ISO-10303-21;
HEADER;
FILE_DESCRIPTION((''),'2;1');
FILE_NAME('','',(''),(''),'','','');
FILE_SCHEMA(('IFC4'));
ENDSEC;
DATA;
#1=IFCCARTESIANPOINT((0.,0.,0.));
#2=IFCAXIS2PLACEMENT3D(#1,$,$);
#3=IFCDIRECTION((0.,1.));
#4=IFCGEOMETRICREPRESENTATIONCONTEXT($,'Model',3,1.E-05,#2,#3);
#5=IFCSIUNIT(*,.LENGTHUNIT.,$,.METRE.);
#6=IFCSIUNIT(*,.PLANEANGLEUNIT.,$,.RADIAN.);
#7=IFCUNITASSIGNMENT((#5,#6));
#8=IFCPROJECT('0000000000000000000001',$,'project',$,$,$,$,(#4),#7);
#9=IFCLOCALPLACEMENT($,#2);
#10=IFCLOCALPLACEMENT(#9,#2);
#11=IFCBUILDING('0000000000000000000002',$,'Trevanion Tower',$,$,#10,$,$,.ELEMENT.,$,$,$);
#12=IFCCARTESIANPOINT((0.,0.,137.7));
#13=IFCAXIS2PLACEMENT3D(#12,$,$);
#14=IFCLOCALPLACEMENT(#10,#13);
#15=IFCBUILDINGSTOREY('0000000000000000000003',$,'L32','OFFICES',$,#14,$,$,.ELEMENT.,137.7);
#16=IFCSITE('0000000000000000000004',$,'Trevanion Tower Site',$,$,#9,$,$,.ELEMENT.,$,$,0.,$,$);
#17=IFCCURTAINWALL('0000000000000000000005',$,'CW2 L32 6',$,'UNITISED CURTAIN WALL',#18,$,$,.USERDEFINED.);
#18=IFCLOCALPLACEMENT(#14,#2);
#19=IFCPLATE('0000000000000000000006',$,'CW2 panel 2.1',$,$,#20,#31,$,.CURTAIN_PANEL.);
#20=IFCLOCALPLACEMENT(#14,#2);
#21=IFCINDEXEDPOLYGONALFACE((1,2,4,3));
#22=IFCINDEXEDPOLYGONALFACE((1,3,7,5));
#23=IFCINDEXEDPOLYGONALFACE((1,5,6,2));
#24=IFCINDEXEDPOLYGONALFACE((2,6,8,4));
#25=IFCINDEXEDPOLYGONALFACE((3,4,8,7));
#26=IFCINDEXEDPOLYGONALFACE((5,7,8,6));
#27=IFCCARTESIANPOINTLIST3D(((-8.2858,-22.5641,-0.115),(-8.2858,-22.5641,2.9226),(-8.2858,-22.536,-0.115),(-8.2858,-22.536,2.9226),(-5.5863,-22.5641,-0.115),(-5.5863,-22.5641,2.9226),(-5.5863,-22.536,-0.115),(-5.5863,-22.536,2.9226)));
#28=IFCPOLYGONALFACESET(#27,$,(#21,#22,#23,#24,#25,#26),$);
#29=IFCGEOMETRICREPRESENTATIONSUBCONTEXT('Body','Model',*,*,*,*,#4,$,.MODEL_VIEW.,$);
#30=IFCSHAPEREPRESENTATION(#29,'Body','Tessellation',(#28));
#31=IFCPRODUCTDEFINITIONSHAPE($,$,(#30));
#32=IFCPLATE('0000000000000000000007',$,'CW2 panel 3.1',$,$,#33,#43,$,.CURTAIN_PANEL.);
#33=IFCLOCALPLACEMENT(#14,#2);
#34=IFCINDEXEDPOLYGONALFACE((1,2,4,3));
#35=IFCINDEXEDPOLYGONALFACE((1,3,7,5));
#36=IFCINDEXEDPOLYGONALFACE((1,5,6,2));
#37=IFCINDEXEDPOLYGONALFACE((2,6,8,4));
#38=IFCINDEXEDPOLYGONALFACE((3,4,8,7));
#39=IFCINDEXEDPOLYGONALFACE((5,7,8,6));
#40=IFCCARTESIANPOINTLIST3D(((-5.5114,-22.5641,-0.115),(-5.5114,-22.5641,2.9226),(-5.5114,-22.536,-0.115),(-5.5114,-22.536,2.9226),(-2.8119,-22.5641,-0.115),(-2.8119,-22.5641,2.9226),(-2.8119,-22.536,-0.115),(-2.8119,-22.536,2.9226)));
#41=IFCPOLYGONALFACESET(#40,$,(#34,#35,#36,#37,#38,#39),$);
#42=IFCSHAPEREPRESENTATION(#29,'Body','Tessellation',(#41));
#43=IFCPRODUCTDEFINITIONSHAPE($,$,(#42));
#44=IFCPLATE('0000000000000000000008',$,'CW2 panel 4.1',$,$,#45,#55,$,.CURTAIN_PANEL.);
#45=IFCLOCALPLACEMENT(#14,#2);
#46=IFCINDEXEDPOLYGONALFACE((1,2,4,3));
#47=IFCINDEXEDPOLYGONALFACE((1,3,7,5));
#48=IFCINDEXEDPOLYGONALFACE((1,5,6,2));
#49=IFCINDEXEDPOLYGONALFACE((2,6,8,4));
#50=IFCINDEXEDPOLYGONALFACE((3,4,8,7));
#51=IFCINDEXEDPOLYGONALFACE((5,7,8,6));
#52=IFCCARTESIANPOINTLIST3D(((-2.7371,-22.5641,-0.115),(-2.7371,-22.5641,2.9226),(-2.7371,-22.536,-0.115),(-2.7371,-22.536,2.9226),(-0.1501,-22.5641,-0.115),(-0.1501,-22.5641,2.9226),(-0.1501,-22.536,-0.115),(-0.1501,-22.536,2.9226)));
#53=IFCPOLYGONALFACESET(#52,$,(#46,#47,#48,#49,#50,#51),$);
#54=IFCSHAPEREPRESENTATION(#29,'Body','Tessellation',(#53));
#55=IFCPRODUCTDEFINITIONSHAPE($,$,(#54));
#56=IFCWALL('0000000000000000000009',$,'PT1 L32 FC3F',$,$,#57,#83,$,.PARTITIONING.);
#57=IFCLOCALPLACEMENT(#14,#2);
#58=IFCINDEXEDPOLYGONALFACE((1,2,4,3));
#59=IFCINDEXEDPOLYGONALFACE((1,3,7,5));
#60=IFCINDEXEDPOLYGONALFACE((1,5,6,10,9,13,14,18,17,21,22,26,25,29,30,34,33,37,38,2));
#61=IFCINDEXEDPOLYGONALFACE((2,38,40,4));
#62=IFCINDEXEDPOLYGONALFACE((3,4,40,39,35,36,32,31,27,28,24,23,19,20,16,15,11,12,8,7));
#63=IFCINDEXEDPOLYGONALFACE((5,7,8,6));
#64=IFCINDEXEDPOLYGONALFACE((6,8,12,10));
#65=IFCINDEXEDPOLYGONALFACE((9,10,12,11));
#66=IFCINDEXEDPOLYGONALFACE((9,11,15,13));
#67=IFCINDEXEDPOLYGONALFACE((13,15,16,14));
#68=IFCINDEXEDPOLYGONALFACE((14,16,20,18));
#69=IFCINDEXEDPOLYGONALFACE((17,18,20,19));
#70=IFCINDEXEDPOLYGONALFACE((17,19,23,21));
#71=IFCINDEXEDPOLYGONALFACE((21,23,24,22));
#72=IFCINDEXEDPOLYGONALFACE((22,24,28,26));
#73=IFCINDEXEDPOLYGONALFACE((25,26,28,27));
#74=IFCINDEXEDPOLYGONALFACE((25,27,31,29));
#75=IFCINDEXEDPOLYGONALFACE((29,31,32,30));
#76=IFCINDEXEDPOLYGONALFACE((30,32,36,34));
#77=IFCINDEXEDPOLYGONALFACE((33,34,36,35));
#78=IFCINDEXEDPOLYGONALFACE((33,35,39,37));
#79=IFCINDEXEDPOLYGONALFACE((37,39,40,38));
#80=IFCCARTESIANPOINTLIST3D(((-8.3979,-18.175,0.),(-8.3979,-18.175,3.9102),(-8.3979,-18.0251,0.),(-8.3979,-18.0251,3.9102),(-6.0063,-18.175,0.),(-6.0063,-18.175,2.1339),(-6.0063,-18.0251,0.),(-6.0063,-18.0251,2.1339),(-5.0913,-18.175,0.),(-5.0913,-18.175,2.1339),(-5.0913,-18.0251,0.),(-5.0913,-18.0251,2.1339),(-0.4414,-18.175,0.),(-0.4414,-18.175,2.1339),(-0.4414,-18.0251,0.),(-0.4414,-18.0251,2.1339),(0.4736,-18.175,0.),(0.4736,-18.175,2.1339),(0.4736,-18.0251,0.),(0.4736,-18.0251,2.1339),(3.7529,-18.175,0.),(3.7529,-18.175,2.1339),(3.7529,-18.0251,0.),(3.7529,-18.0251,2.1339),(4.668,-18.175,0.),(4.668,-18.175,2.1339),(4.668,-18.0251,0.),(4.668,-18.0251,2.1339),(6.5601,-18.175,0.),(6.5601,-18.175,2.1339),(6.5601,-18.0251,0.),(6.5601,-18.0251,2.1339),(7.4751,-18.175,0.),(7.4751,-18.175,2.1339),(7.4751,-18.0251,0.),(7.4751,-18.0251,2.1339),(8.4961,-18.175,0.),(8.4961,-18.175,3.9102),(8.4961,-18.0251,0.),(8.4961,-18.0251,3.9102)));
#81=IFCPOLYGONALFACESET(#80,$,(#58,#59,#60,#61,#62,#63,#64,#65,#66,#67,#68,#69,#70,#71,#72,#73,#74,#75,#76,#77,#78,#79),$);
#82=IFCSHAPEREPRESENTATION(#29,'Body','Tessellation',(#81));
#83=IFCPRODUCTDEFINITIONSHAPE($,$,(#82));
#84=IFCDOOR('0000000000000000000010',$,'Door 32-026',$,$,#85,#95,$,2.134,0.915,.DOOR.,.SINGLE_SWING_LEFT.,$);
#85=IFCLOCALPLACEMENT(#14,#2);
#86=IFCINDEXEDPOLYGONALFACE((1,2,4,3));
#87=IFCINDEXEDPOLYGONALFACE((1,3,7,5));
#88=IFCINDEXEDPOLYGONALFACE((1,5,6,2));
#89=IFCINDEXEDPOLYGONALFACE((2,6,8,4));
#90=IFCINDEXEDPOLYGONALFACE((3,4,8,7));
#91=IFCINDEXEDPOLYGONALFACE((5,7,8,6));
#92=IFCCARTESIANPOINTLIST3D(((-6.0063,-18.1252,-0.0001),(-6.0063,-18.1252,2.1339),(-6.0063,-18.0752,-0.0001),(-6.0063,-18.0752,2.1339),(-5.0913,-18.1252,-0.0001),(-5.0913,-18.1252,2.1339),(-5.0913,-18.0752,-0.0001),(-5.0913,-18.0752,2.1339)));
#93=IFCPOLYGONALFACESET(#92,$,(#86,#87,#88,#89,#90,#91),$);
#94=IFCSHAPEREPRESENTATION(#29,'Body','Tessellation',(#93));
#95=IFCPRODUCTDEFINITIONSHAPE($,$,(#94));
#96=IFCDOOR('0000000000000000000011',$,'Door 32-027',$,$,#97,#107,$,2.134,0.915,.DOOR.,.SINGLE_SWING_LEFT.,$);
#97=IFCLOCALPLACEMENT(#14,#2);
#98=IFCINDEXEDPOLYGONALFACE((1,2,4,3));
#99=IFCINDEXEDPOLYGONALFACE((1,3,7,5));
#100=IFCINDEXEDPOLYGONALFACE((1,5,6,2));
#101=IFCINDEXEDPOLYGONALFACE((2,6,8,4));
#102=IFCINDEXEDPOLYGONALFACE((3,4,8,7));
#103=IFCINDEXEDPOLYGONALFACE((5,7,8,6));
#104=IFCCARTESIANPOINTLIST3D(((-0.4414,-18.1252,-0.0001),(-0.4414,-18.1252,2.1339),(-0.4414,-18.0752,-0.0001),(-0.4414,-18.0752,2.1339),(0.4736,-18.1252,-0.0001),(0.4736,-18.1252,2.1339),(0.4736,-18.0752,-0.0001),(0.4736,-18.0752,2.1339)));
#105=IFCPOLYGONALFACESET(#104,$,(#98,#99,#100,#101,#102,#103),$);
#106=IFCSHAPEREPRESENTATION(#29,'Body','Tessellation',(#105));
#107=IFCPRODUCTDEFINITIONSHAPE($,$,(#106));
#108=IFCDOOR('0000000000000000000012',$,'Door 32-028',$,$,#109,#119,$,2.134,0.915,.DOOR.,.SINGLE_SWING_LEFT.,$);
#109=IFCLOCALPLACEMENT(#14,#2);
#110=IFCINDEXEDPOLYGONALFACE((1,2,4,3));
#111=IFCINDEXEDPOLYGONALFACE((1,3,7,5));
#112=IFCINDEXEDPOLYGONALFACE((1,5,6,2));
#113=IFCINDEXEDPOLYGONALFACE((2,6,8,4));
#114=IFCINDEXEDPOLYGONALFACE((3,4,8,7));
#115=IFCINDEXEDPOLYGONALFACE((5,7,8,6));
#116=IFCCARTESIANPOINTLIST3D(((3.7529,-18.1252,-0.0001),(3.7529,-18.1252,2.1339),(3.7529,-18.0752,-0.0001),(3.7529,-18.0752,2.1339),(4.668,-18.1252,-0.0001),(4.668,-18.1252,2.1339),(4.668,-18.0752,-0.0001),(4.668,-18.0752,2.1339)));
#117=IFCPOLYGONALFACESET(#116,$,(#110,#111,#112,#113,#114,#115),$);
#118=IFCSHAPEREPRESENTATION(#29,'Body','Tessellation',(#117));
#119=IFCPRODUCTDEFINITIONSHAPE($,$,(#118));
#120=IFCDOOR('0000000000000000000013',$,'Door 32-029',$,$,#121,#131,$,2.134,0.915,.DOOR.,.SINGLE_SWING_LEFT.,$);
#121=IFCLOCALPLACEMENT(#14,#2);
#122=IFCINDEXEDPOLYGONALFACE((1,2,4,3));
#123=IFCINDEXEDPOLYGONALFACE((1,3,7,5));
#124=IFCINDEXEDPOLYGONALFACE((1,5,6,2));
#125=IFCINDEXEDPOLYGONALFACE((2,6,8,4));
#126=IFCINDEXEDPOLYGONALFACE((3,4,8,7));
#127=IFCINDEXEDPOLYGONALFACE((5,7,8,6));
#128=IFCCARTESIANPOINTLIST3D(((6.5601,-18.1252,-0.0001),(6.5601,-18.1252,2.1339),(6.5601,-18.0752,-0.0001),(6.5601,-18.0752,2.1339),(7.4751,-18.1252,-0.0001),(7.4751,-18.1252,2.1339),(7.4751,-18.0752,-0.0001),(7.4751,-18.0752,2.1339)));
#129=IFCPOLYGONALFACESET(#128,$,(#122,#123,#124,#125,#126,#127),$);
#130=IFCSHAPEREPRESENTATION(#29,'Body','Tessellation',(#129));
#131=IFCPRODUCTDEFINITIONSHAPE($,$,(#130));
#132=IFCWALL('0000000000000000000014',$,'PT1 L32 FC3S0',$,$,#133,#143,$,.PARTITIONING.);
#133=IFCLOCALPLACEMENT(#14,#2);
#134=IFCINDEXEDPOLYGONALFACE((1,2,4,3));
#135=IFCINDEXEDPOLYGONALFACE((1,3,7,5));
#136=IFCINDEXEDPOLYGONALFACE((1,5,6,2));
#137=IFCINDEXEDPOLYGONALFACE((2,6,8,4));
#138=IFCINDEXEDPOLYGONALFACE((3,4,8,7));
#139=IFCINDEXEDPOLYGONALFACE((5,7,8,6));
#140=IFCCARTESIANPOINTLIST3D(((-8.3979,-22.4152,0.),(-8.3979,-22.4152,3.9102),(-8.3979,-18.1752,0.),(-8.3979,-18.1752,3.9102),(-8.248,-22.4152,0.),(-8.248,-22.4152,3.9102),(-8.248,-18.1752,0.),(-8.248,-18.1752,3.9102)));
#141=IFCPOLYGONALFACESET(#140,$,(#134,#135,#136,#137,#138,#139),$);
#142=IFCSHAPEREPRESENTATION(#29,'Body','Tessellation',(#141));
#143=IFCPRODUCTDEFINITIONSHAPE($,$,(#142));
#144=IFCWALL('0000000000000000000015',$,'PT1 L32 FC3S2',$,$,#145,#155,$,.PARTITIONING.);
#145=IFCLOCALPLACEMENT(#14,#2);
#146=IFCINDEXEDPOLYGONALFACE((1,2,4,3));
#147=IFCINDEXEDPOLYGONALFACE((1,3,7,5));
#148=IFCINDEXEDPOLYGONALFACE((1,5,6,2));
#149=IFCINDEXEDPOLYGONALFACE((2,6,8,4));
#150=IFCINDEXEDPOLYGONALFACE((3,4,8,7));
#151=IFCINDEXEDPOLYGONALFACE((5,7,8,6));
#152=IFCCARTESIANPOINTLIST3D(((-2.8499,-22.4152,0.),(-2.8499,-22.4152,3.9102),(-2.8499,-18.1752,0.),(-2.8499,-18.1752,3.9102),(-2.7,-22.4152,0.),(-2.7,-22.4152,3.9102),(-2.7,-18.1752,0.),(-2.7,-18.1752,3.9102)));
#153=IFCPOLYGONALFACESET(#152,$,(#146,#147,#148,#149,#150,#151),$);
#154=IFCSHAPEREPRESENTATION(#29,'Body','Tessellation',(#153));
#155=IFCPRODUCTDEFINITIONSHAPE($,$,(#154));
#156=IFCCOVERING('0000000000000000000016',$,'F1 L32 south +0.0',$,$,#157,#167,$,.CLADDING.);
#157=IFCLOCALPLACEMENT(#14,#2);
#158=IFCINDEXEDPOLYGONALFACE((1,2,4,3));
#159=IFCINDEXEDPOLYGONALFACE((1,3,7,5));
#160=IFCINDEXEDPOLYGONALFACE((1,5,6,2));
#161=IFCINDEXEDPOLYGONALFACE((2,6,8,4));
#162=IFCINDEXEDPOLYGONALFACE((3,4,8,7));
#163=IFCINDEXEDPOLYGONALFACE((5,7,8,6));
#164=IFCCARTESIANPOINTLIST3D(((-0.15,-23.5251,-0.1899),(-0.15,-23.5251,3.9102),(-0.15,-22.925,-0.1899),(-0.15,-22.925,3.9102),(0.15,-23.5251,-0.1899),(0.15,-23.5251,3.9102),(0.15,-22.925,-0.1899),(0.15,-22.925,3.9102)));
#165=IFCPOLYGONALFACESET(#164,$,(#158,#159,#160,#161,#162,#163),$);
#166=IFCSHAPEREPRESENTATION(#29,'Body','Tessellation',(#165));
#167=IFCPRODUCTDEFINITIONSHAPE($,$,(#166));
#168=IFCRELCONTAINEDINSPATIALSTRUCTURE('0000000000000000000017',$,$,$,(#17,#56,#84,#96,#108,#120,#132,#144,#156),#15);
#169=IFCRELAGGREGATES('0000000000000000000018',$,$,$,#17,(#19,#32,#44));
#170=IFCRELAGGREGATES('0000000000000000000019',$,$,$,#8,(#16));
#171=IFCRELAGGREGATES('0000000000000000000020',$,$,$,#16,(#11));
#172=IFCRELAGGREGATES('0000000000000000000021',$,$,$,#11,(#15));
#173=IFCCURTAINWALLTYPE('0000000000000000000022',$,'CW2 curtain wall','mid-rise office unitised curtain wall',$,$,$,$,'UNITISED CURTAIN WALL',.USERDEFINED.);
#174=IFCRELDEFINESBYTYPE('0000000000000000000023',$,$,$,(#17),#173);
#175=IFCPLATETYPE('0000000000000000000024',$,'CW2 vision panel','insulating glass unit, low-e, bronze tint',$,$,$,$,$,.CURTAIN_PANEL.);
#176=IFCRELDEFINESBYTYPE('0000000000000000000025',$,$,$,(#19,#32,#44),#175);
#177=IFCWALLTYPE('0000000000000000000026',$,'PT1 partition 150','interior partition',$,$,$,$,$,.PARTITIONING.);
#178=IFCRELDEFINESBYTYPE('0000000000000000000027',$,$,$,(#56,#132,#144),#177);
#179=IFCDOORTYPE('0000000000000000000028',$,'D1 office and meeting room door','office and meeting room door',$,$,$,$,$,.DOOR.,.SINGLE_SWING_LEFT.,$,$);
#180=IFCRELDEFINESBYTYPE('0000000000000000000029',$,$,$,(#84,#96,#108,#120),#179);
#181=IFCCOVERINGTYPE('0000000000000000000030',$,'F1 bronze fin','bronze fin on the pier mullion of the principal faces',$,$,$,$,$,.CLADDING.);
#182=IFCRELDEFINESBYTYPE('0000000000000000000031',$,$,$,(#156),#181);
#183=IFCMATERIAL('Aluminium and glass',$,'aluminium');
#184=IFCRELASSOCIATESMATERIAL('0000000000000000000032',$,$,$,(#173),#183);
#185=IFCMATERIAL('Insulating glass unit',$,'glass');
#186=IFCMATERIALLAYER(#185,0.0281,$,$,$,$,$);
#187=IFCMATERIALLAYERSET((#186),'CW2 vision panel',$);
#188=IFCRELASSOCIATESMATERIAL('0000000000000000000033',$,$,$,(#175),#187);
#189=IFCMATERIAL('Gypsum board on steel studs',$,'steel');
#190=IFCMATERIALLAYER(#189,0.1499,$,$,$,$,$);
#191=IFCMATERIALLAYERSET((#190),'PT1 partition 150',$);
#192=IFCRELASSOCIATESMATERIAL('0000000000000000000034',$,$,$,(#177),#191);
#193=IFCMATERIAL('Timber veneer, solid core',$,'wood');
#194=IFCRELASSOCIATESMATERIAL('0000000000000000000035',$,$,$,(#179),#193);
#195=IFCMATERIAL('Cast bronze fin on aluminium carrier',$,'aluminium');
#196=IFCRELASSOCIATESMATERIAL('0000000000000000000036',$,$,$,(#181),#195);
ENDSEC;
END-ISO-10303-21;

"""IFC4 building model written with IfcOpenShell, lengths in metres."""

from ifc_helpers import new_model, si_unit, direction, frame, frame_2d, origin, origin_2d, place, context, subcontext, project, spatial, rectangle, extrude, material, layer, layer_set, type_object, element, fill, aggregate, save


model = new_model("IFC4")

# Units and contexts
model_context = context("Model", 3, precision=1e-05, world=origin(), true_north=direction((0.0, 1.0)))
body_context = subcontext(model_context, "Body", "Model", "MODEL_VIEW")
ifc_project = project(units=[si_unit("LENGTHUNIT", "METRE"), si_unit("PLANEANGLEUNIT", "RADIAN")], contexts=[model_context])

# Site, building, storey
site_placement = place(None, origin())
site = spatial("IfcSite", under=ifc_project, at=site_placement, Name="Trevanion Tower Site", CompositionType="ELEMENT", RefElevation=0.0)
building_placement = place(site_placement, origin())
building = spatial("IfcBuilding", under=site, at=building_placement, Name="Trevanion Tower", CompositionType="ELEMENT")
storey_placement = place(building_placement, frame((0.0, 0.0, 137.7)))
storey = spatial("IfcBuildingStorey", under=building, at=storey_placement, Name="L32", Description="OFFICES", CompositionType="ELEMENT", Elevation=137.7)

# Curtain wall
ifc_material_1 = material(Name="Aluminium and glass", Category="aluminium")
curtain_wall_type = type_object("IfcCurtainWallType", Name="CW2 curtain wall", Description="mid-rise office unitised curtain wall", ElementType="UNITISED CURTAIN WALL", PredefinedType="USERDEFINED", material=ifc_material_1)
curtain_wall_placement = place(storey_placement, origin())
curtain_wall = element("IfcCurtainWall", 1, at=curtain_wall_placement, inside=storey, type_object=curtain_wall_type, Name="CW2 L32 6", ObjectType="UNITISED CURTAIN WALL", PredefinedType="USERDEFINED")

# Plates
ifc_material_2 = material(Name="Insulating glass unit", Category="glass")
ifc_layer_1 = layer(ifc_material_2, 0.0281)
ifc_layer_set_1 = layer_set([ifc_layer_1], Name="CW2 vision panel")
plate_type_1 = type_object("IfcPlateType", Name="CW2 vision panel", Description="insulating glass unit, low-e, bronze tint", PredefinedType="CURTAIN_PANEL", material=ifc_layer_set_1)
plate_1_placement = place(storey_placement, frame((-6.936, -22.55, -0.115), z_axis=(0.0, 0.0, 1.0), x_axis=(1.0, 0.0, 0.0)))
plate_1 = element("IfcPlate", 2, at=plate_1_placement, type_object=plate_type_1, Name="CW2 panel 2.1", PredefinedType="CURTAIN_PANEL", context=body_context, shape_type="SweptSolid", body=[
    extrude(rectangle(XDim=2.6995, YDim=0.0281, at=origin_2d()), origin(), (0.0, 0.0, 1.0), 3.0376),
])
plate_2_placement = place(storey_placement, frame((-4.1616, -22.55, -0.115), z_axis=(0.0, 0.0, 1.0), x_axis=(1.0, 0.0, 0.0)))
plate_2 = element("IfcPlate", 3, at=plate_2_placement, type_object=plate_type_1, Name="CW2 panel 3.1", PredefinedType="CURTAIN_PANEL", context=body_context, shape_type="SweptSolid", body=[
    extrude(rectangle(XDim=2.6995, YDim=0.0281, at=origin_2d()), origin(), (0.0, 0.0, 1.0), 3.0376),
])
plate_3_placement = place(storey_placement, frame((-1.4436, -22.55, -0.115), z_axis=(0.0, 0.0, 1.0), x_axis=(1.0, 0.0, 0.0)))
plate_3 = element("IfcPlate", 4, at=plate_3_placement, type_object=plate_type_1, Name="CW2 panel 4.1", PredefinedType="CURTAIN_PANEL", context=body_context, shape_type="SweptSolid", body=[
    extrude(rectangle(XDim=2.5869, YDim=0.0281, at=origin_2d()), origin(), (0.0, 0.0, 1.0), 3.0376),
])
aggregate(curtain_wall, [plate_1, plate_2, plate_3])

# Wall, openings, doors
ifc_material_3 = material(Name="Gypsum board on steel studs", Category="steel")
ifc_layer_2 = layer(ifc_material_3, 0.1499)
ifc_layer_set_2 = layer_set([ifc_layer_2], Name="PT1 partition 150")
wall_type = type_object("IfcWallType", Name="PT1 partition 150", Description="interior partition", PredefinedType="PARTITIONING", material=ifc_layer_set_2)
wall_placement = place(storey_placement, frame((-8.3979, -18.1001, 0.0), z_axis=(0.0, 0.0, 1.0), x_axis=(1.0, 0.0, 0.0)))
wall = element("IfcWall", 5, at=wall_placement, inside=storey, type_object=wall_type, Name="PT1 L32 FC3F", PredefinedType="PARTITIONING", context=body_context, shape_type="SweptSolid", body=[
    extrude(rectangle(XDim=16.894, YDim=0.1499, at=frame_2d((8.447, 0.0))), origin(), (0.0, 0.0, 1.0), 3.9102),
])
opening_1_placement = place(wall_placement, frame((2.3916, 0.0, 0.0)))
opening_1 = element("IfcOpeningElement", 6, at=opening_1_placement, cuts=wall, PredefinedType="OPENING", context=body_context, shape_type="SweptSolid", body=[
    extrude(rectangle(XDim=0.915, YDim=2.134, at=frame_2d((0.4575, 1.0669))), frame((0.0, 0.085, 0.0), z_axis=(0.0, -1.0, 0.0), x_axis=(1.0, 0.0, 0.0)), (0.0, 0.0, 1.0), 0.1699),
])
opening_2_placement = place(wall_placement, frame((7.9565, 0.0, 0.0)))
opening_2 = element("IfcOpeningElement", 7, at=opening_2_placement, cuts=wall, PredefinedType="OPENING", context=body_context, shape_type="SweptSolid", body=[
    extrude(rectangle(XDim=0.915, YDim=2.134, at=frame_2d((0.4575, 1.0669))), frame((0.0, 0.085, 0.0), z_axis=(0.0, -1.0, 0.0), x_axis=(1.0, 0.0, 0.0)), (0.0, 0.0, 1.0), 0.1699),
])
opening_3_placement = place(wall_placement, frame((12.1509, 0.0, 0.0)))
opening_3 = element("IfcOpeningElement", 8, at=opening_3_placement, cuts=wall, PredefinedType="OPENING", context=body_context, shape_type="SweptSolid", body=[
    extrude(rectangle(XDim=0.915, YDim=2.134, at=frame_2d((0.4575, 1.0669))), frame((0.0, 0.085, 0.0), z_axis=(0.0, -1.0, 0.0), x_axis=(1.0, 0.0, 0.0)), (0.0, 0.0, 1.0), 0.1699),
])
opening_4_placement = place(wall_placement, frame((14.958, 0.0, 0.0)))
opening_4 = element("IfcOpeningElement", 9, at=opening_4_placement, cuts=wall, PredefinedType="OPENING", context=body_context, shape_type="SweptSolid", body=[
    extrude(rectangle(XDim=0.915, YDim=2.134, at=frame_2d((0.4575, 1.0669))), frame((0.0, 0.085, 0.0), z_axis=(0.0, -1.0, 0.0), x_axis=(1.0, 0.0, 0.0)), (0.0, 0.0, 1.0), 0.1699),
])
ifc_material_4 = material(Name="Timber veneer, solid core", Category="wood")
door_type = type_object("IfcDoorType", Name="D1 office and meeting room door", Description="office and meeting room door", OperationType="SINGLE_SWING_LEFT", PredefinedType="DOOR", material=ifc_material_4)
door_1_placement = place(opening_1_placement, origin())
door_1 = element("IfcDoor", 10, at=door_1_placement, inside=storey, type_object=door_type, Name="Door 32-026", OperationType="SINGLE_SWING_LEFT", OverallHeight=2.134, OverallWidth=0.915, PredefinedType="DOOR", context=body_context, shape_type="SweptSolid", body=[
    extrude(rectangle(XDim=0.915, YDim=2.134, at=frame_2d((0.4575, 1.0669))), frame((0.0, 0.0249, 0.0), z_axis=(0.0, -1.0, 0.0), x_axis=(1.0, 0.0, 0.0)), (0.0, 0.0, 1.0), 0.05),
])
fill(opening_1, door_1)
door_2_placement = place(opening_2_placement, origin())
door_2 = element("IfcDoor", 11, at=door_2_placement, inside=storey, type_object=door_type, Name="Door 32-027", OperationType="SINGLE_SWING_LEFT", OverallHeight=2.134, OverallWidth=0.915, PredefinedType="DOOR", context=body_context, shape_type="SweptSolid", body=[
    extrude(rectangle(XDim=0.915, YDim=2.134, at=frame_2d((0.4575, 1.0669))), frame((0.0, 0.0249, 0.0), z_axis=(0.0, -1.0, 0.0), x_axis=(1.0, 0.0, 0.0)), (0.0, 0.0, 1.0), 0.05),
])
fill(opening_2, door_2)
door_3_placement = place(opening_3_placement, origin())
door_3 = element("IfcDoor", 12, at=door_3_placement, inside=storey, type_object=door_type, Name="Door 32-028", OperationType="SINGLE_SWING_LEFT", OverallHeight=2.134, OverallWidth=0.915, PredefinedType="DOOR", context=body_context, shape_type="SweptSolid", body=[
    extrude(rectangle(XDim=0.915, YDim=2.134, at=frame_2d((0.4575, 1.0669))), frame((0.0, 0.0249, 0.0), z_axis=(0.0, -1.0, 0.0), x_axis=(1.0, 0.0, 0.0)), (0.0, 0.0, 1.0), 0.05),
])
fill(opening_3, door_3)
door_4_placement = place(opening_4_placement, origin())
door_4 = element("IfcDoor", 13, at=door_4_placement, inside=storey, type_object=door_type, Name="Door 32-029", OperationType="SINGLE_SWING_LEFT", OverallHeight=2.134, OverallWidth=0.915, PredefinedType="DOOR", context=body_context, shape_type="SweptSolid", body=[
    extrude(rectangle(XDim=0.915, YDim=2.134, at=frame_2d((0.4575, 1.0669))), frame((0.0, 0.0249, 0.0), z_axis=(0.0, -1.0, 0.0), x_axis=(1.0, 0.0, 0.0)), (0.0, 0.0, 1.0), 0.05),
])
fill(opening_4, door_4)

# Walls
for number, where, z_axis, x_axis, name in (
    (14, (-8.323, -18.175, 0.0), (0.0, 0.0, 1.0), (0.0, -1.0, 0.0), "PT1 L32 FC3S0"),
    (15, (-2.7749, -18.175, 0.0), (0.0, 0.0, 1.0), (0.0, -1.0, 0.0), "PT1 L32 FC3S2"),
):
    element("IfcWall", number, at=place(storey_placement, frame(where, z_axis=z_axis, x_axis=x_axis)), inside=storey, type_object=wall_type, Name=name, PredefinedType="PARTITIONING", context=body_context, shape_type="SweptSolid", body=[
        extrude(rectangle(XDim=4.24, YDim=0.1499, at=frame_2d((2.1201, 0.0))), origin(), (0.0, 0.0, 1.0), 3.9102),
    ])

# Covering
ifc_material_5 = material(Name="Cast bronze fin on aluminium carrier", Category="aluminium")
covering_type = type_object("IfcCoveringType", Name="F1 bronze fin", Description="bronze fin on the pier mullion of the principal faces", PredefinedType="CLADDING", material=ifc_material_5)
covering_placement = place(storey_placement, frame((0.0, -23.2251, -0.1899), z_axis=(0.0, 0.0, 1.0), x_axis=(1.0, 0.0, 0.0)))
element("IfcCovering", 16, at=covering_placement, inside=storey, type_object=covering_type, Name="F1 L32 south +0.0", PredefinedType="CLADDING", context=body_context, shape_type="SweptSolid", body=[
    extrude(rectangle(XDim=0.3, YDim=0.6001, at=origin_2d()), origin(), (0.0, 0.0, 1.0), 4.1001),
])

save(model, "model.ifc")
